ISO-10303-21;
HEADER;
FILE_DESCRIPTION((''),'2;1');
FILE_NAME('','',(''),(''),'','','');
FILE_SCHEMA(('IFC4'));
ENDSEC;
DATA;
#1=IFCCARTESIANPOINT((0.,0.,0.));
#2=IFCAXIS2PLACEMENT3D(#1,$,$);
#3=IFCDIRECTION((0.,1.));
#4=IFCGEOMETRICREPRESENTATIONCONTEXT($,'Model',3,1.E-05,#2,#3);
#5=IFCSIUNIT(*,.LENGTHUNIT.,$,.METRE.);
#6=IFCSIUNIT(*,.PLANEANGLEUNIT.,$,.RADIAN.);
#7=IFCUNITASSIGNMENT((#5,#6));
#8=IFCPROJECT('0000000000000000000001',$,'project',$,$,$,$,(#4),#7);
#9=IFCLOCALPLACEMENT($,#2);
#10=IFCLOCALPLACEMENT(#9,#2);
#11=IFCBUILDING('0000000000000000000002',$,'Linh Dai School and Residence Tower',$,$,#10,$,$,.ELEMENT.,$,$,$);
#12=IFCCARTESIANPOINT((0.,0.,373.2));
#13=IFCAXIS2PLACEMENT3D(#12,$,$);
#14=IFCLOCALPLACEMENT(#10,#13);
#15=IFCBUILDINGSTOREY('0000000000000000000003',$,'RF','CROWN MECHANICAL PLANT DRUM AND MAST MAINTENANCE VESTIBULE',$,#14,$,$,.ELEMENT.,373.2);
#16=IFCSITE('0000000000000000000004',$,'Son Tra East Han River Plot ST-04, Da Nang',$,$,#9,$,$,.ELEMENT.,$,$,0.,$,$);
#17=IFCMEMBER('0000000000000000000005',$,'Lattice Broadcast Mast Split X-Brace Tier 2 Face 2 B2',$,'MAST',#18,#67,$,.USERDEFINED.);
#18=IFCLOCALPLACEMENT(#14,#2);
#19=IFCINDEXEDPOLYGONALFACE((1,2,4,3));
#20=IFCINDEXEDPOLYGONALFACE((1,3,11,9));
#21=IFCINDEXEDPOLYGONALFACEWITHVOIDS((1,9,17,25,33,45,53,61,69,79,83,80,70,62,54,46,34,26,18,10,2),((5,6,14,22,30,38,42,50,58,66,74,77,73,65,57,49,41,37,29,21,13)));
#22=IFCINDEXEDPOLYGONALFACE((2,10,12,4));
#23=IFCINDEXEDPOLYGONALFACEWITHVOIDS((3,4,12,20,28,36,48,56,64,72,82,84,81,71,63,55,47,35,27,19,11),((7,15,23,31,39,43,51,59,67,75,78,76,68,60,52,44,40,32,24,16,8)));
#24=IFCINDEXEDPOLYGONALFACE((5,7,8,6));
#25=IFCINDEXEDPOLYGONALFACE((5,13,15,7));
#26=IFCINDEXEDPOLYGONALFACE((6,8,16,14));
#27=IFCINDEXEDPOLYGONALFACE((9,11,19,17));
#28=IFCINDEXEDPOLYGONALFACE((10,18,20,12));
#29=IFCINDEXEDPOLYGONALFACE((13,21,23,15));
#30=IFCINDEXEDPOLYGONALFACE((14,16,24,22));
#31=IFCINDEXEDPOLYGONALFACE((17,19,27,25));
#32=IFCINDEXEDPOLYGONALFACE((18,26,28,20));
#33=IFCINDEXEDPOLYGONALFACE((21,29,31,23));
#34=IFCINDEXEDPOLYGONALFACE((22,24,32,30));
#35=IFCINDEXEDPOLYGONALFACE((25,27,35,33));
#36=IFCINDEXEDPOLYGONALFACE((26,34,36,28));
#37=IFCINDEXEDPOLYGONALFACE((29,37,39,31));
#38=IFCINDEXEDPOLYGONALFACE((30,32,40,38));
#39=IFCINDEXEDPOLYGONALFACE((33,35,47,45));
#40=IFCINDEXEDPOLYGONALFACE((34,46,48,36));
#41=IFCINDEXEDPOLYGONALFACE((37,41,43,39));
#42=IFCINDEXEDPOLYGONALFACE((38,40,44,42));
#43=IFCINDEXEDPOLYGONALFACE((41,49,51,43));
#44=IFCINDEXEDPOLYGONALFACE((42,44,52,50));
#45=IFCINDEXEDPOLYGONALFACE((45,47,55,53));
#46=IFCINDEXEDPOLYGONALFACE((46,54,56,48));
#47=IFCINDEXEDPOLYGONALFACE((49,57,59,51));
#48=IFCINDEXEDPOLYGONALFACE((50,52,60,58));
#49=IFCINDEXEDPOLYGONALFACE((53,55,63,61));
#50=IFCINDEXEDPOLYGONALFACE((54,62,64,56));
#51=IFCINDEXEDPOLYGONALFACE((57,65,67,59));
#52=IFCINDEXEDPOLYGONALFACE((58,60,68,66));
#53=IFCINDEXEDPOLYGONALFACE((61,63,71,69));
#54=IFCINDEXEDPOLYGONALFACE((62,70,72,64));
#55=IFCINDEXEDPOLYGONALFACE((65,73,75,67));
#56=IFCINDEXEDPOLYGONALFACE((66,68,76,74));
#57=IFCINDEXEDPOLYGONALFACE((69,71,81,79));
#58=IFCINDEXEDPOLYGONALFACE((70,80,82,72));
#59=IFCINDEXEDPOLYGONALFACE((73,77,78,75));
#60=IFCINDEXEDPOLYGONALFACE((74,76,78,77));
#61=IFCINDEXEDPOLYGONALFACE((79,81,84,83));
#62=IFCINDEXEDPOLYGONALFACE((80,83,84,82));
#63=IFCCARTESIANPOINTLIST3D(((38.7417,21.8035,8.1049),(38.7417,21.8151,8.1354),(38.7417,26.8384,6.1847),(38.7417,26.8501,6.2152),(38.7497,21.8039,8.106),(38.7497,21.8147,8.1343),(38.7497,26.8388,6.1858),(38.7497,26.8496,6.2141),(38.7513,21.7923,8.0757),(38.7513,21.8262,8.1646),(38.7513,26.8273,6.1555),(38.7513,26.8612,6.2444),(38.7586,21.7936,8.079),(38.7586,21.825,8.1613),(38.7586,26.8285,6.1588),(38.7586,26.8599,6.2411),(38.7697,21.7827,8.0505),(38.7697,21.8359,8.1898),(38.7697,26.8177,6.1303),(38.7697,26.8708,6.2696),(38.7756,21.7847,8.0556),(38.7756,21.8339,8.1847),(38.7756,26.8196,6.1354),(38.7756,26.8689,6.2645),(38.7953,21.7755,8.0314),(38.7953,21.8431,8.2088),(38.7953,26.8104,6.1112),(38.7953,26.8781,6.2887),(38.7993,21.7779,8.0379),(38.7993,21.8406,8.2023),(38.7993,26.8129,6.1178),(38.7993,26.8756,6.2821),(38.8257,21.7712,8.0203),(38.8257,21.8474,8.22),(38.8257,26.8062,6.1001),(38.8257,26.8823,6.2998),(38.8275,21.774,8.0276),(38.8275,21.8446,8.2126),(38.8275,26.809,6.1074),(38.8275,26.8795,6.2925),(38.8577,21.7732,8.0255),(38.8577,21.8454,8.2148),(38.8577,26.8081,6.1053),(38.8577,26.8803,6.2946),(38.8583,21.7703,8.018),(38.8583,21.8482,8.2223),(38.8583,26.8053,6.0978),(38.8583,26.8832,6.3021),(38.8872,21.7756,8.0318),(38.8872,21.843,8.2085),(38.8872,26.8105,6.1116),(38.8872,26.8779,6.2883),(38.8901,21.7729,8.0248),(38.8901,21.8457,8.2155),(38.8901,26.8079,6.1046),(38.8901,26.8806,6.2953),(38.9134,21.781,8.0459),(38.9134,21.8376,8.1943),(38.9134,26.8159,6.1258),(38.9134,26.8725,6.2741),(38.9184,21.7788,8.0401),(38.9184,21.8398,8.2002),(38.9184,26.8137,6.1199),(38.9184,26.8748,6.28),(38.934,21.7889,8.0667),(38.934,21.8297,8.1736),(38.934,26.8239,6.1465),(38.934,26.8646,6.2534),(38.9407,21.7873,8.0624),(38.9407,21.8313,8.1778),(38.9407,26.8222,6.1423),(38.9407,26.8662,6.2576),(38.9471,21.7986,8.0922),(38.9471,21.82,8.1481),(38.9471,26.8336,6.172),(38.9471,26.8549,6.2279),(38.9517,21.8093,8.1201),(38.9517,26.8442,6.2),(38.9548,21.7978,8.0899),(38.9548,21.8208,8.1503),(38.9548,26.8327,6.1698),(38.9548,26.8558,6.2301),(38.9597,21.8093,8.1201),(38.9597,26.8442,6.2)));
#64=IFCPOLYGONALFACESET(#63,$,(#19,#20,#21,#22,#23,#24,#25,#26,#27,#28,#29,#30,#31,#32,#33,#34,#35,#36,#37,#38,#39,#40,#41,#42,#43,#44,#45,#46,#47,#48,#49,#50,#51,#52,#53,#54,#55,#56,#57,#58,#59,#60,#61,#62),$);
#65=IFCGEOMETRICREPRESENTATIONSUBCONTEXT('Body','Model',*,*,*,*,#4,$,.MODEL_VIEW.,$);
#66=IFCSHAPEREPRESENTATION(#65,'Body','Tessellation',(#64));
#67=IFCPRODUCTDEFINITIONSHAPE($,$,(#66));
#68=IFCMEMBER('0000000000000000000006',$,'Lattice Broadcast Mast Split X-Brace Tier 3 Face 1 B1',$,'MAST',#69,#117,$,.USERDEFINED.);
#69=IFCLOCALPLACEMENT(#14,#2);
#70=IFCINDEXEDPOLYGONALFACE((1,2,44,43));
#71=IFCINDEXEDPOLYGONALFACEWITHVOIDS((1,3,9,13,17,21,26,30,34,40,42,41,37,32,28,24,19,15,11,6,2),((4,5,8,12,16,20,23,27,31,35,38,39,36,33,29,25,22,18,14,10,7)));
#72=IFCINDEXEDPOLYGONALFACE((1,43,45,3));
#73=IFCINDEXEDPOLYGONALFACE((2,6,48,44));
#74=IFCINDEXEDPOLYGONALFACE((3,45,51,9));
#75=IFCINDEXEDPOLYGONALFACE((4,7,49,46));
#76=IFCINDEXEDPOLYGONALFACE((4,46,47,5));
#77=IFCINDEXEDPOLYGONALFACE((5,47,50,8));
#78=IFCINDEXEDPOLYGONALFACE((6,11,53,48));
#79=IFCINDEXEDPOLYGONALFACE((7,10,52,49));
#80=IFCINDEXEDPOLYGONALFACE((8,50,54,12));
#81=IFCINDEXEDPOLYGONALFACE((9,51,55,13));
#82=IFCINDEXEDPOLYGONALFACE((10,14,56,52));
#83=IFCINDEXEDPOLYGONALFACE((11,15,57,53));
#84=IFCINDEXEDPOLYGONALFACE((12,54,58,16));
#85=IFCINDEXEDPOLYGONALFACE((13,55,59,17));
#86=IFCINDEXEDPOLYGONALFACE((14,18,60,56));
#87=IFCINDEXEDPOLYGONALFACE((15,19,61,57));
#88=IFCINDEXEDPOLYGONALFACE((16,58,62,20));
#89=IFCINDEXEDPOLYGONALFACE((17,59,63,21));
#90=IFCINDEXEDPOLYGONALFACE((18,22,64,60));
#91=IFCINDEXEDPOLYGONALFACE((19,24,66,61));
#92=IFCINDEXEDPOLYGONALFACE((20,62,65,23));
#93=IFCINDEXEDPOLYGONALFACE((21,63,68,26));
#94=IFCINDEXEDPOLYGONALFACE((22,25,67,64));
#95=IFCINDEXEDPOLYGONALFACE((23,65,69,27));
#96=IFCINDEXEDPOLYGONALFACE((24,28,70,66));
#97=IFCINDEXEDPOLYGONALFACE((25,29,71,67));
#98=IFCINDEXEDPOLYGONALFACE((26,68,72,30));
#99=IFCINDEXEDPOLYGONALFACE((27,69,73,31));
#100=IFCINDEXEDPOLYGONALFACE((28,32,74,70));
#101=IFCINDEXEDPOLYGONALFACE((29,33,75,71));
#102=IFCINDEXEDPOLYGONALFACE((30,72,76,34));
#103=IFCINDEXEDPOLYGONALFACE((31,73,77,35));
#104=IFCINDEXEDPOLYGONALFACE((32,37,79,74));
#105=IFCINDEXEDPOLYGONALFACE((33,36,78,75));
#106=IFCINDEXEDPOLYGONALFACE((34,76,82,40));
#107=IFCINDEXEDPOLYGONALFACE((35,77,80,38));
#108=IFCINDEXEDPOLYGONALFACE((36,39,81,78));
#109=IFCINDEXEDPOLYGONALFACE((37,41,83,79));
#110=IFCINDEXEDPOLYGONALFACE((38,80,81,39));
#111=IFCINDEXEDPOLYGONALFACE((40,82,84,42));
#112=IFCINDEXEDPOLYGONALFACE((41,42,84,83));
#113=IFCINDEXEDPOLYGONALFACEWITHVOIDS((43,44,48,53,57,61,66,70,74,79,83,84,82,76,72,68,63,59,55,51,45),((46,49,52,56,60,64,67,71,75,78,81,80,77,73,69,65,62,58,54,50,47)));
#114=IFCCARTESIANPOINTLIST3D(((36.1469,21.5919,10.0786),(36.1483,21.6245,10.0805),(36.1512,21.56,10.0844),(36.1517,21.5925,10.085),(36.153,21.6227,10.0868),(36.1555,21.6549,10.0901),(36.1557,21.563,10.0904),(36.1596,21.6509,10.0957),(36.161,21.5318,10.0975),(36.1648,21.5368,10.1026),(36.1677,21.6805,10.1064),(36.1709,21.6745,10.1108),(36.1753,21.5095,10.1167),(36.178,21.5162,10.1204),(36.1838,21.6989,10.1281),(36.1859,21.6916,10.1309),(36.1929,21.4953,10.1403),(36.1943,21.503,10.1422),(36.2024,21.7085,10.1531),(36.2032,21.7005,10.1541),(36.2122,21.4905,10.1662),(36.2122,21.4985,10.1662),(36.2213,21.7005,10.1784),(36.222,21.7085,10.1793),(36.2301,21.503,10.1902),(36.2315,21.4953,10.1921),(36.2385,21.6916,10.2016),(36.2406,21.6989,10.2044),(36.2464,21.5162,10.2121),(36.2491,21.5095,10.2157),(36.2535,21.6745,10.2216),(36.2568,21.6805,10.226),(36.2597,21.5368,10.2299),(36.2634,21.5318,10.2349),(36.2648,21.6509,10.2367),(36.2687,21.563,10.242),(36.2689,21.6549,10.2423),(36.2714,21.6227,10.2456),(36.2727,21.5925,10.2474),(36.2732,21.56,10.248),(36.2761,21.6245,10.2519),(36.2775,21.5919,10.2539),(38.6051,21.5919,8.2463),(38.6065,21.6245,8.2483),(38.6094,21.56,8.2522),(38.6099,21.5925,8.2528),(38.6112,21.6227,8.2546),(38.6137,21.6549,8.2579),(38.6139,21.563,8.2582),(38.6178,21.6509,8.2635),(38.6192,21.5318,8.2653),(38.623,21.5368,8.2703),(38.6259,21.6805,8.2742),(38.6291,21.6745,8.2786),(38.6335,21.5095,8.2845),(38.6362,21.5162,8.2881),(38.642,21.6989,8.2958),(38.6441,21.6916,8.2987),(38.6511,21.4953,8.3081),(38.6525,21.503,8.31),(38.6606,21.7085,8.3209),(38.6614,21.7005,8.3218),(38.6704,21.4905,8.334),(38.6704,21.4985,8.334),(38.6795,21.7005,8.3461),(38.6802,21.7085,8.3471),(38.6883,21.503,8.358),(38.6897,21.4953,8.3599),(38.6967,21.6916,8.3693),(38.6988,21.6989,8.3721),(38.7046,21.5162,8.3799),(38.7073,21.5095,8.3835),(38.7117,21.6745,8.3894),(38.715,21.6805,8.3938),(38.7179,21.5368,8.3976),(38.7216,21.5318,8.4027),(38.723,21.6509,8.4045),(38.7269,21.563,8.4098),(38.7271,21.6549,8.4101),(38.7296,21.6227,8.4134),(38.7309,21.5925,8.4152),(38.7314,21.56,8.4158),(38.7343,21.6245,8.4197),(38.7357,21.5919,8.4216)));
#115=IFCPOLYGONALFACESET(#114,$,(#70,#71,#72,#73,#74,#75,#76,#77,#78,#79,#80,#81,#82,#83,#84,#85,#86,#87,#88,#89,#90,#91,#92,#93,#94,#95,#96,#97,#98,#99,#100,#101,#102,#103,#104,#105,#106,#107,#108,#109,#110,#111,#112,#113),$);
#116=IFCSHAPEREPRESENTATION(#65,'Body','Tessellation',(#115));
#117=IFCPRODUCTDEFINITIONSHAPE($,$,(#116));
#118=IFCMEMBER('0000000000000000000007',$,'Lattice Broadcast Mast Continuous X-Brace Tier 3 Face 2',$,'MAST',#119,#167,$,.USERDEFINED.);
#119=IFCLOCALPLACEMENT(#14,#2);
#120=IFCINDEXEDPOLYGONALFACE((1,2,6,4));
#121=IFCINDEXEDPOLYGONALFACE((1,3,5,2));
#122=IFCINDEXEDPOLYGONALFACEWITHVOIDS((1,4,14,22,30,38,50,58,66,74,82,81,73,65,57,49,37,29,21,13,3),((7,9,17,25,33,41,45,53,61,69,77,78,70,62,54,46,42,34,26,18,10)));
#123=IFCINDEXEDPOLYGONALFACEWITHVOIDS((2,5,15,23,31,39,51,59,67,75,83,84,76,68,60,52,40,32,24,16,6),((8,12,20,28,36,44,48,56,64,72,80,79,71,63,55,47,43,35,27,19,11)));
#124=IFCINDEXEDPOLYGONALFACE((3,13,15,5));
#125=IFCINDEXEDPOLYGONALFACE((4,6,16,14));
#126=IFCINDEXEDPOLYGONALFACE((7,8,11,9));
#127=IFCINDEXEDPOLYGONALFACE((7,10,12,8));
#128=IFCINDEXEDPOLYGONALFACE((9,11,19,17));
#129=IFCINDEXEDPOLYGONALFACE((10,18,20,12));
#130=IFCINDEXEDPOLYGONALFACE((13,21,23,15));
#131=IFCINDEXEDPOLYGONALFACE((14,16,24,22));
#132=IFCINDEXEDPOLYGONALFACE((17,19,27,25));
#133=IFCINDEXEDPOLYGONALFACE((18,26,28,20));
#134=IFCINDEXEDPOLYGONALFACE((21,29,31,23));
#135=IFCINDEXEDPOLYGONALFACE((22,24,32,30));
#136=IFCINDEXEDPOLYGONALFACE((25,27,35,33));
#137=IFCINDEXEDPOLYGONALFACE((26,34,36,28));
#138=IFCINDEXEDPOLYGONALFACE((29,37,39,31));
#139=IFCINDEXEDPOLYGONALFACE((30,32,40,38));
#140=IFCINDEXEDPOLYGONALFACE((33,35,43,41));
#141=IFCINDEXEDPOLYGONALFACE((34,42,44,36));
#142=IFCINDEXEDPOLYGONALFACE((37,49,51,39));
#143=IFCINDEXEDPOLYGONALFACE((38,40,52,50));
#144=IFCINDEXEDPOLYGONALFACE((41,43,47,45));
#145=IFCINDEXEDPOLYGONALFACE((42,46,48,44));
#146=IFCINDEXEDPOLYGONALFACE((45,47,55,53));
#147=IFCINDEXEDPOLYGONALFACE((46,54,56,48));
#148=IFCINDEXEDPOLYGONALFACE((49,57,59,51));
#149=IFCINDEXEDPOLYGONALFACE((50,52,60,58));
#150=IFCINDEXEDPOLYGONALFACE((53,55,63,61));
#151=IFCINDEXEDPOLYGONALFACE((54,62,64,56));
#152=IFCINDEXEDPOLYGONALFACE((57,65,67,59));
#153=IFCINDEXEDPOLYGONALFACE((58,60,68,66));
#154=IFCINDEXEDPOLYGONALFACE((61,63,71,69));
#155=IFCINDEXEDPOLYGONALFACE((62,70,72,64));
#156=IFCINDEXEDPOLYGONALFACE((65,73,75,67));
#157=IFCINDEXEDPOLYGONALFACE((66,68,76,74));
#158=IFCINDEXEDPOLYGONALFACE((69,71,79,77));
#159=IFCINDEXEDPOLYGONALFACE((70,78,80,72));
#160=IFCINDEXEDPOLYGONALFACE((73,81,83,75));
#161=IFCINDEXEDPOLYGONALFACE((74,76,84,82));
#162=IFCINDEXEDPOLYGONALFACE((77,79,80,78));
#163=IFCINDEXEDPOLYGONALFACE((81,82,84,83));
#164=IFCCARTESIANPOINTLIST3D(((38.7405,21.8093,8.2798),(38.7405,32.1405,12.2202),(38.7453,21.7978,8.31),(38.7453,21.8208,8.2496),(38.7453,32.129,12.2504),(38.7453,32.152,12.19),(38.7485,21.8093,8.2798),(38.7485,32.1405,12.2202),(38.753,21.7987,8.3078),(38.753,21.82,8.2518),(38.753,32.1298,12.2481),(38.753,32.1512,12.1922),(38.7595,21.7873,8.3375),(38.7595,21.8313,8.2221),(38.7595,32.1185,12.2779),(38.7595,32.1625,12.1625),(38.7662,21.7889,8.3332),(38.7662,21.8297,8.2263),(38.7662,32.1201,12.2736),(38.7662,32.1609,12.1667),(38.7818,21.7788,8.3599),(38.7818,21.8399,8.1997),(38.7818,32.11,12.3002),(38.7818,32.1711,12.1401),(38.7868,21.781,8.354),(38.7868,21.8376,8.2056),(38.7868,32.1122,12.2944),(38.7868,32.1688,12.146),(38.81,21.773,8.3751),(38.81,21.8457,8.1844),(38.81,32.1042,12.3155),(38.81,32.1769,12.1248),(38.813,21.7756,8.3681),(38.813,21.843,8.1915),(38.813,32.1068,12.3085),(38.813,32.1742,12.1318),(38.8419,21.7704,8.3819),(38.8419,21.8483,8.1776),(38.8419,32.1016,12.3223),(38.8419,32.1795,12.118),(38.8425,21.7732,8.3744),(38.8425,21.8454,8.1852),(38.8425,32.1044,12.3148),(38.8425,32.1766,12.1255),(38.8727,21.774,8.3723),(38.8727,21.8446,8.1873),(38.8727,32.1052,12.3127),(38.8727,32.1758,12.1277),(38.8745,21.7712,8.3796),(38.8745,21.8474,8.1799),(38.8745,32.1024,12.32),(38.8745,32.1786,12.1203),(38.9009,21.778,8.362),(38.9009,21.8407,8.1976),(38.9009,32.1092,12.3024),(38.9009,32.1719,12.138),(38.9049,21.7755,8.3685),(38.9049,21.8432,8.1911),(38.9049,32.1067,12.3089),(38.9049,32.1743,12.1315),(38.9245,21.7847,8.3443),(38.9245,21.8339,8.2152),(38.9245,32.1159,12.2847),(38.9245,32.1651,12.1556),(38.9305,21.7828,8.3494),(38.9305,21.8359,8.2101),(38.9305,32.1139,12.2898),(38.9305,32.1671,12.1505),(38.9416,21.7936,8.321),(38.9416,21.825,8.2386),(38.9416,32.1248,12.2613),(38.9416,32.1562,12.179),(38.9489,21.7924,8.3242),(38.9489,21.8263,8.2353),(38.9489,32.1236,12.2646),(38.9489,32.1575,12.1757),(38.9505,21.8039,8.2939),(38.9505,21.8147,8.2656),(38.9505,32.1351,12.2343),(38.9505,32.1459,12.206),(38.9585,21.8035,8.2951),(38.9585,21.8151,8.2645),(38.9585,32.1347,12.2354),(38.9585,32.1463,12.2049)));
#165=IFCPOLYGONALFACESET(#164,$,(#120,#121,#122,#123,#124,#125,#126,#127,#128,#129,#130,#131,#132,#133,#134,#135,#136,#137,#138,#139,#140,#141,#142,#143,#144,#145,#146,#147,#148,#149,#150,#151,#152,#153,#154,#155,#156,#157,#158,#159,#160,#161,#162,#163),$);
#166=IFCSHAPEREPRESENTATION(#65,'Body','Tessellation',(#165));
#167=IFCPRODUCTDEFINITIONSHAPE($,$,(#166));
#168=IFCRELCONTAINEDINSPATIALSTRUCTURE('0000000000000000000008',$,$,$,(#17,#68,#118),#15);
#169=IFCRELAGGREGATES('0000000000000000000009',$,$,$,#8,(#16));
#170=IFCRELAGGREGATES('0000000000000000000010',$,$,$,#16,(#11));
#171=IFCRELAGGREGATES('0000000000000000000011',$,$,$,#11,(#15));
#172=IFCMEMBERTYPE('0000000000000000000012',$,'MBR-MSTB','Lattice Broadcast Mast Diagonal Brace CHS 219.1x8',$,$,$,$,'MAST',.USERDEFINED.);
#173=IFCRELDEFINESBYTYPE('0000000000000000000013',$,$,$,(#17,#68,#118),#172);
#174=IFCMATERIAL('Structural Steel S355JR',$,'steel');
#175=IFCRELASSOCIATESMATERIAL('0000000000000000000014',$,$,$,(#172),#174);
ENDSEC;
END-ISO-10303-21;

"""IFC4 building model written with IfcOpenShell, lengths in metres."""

from ifc_helpers import new_model, si_unit, direction, frame, origin, origin_2d, place, context, subcontext, project, spatial, hollow_circle, extrude, material, material_profile, profile_set, type_object, element, save


model = new_model("IFC4")

# Units and contexts
model_context = context("Model", 3, precision=1e-05, world=origin(), true_north=direction((0.0, 1.0)))
body_context = subcontext(model_context, "Body", "Model", "MODEL_VIEW")
ifc_project = project(units=[si_unit("LENGTHUNIT", "METRE"), si_unit("PLANEANGLEUNIT", "RADIAN")], contexts=[model_context])

# Site, building, storey
site_placement = place(None, origin())
site = spatial("IfcSite", under=ifc_project, at=site_placement, Name="Son Tra East Han River Plot ST-04, Da Nang", CompositionType="ELEMENT", RefElevation=0.0)
building_placement = place(site_placement, origin())
building = spatial("IfcBuilding", under=site, at=building_placement, Name="Linh Dai School and Residence Tower", CompositionType="ELEMENT")
storey_placement = place(building_placement, frame((0.0, 0.0, 373.2)))
storey = spatial("IfcBuildingStorey", under=building, at=storey_placement, Name="RF", Description="CROWN MECHANICAL PLANT DRUM AND MAST MAINTENANCE VESTIBULE", CompositionType="ELEMENT", Elevation=373.2)

# Shared definitions
ifc_material_1 = material(Name="Structural Steel S355JR", Category="steel")

# Members
ifc_material_profile_1 = material_profile(ifc_material_1, hollow_circle(Radius=0.1096, WallThickness=0.0081, at=origin_2d()), Name="CHS 219.1x8")
ifc_profile_set_1 = profile_set([ifc_material_profile_1], Name="Structural Steel S355JR")
member_type = type_object("IfcMemberType", Name="MBR-MSTB", Description="Lattice Broadcast Mast Diagonal Brace CHS 219.1x8", ElementType="MAST", PredefinedType="USERDEFINED", material=ifc_profile_set_1)
member_1_placement = place(storey_placement, frame((38.8501, 26.8442, 6.2), z_axis=(0.0, -0.934358, 0.356336), x_axis=(1.0, 0.0, 0.0)))
element("IfcMember", 1, at=member_1_placement, inside=storey, type_object=member_type, Name="Lattice Broadcast Mast Split X-Brace Tier 2 Face 2 B2", ObjectType="MAST", PredefinedType="USERDEFINED", context=body_context, shape_type="SweptSolid", body=[
    extrude(hollow_circle(Radius=0.1096, WallThickness=0.0081, at=origin_2d()), origin(), (0.0, 0.0, 1.0), 5.3887),
])
member_2_placement = place(storey_placement, frame((38.6704, 21.6001, 8.334), z_axis=(-0.801783, 0.0, 0.597615), x_axis=(0.0, -1.0, 0.0)))
element("IfcMember", 2, at=member_2_placement, inside=storey, type_object=member_type, Name="Lattice Broadcast Mast Split X-Brace Tier 3 Face 1 B1", ObjectType="MAST", PredefinedType="USERDEFINED", context=body_context, shape_type="SweptSolid", body=[
    extrude(hollow_circle(Radius=0.1096, WallThickness=0.0081, at=origin_2d()), origin(), (0.0, 0.0, 1.0), 3.0659),
])
member_3_placement = place(storey_placement, frame((38.8501, 21.8093, 8.2798), z_axis=(0.0, 0.934346, 0.356366), x_axis=(-1.0, 0.0, 0.0)))
element("IfcMember", 3, at=member_3_placement, inside=storey, type_object=member_type, Name="Lattice Broadcast Mast Continuous X-Brace Tier 3 Face 2", ObjectType="MAST", PredefinedType="USERDEFINED", context=body_context, shape_type="SweptSolid", body=[
    extrude(hollow_circle(Radius=0.1096, WallThickness=0.0081, at=origin_2d()), origin(), (0.0, 0.0, 1.0), 11.0571),
])

save(model, "model.ifc")
